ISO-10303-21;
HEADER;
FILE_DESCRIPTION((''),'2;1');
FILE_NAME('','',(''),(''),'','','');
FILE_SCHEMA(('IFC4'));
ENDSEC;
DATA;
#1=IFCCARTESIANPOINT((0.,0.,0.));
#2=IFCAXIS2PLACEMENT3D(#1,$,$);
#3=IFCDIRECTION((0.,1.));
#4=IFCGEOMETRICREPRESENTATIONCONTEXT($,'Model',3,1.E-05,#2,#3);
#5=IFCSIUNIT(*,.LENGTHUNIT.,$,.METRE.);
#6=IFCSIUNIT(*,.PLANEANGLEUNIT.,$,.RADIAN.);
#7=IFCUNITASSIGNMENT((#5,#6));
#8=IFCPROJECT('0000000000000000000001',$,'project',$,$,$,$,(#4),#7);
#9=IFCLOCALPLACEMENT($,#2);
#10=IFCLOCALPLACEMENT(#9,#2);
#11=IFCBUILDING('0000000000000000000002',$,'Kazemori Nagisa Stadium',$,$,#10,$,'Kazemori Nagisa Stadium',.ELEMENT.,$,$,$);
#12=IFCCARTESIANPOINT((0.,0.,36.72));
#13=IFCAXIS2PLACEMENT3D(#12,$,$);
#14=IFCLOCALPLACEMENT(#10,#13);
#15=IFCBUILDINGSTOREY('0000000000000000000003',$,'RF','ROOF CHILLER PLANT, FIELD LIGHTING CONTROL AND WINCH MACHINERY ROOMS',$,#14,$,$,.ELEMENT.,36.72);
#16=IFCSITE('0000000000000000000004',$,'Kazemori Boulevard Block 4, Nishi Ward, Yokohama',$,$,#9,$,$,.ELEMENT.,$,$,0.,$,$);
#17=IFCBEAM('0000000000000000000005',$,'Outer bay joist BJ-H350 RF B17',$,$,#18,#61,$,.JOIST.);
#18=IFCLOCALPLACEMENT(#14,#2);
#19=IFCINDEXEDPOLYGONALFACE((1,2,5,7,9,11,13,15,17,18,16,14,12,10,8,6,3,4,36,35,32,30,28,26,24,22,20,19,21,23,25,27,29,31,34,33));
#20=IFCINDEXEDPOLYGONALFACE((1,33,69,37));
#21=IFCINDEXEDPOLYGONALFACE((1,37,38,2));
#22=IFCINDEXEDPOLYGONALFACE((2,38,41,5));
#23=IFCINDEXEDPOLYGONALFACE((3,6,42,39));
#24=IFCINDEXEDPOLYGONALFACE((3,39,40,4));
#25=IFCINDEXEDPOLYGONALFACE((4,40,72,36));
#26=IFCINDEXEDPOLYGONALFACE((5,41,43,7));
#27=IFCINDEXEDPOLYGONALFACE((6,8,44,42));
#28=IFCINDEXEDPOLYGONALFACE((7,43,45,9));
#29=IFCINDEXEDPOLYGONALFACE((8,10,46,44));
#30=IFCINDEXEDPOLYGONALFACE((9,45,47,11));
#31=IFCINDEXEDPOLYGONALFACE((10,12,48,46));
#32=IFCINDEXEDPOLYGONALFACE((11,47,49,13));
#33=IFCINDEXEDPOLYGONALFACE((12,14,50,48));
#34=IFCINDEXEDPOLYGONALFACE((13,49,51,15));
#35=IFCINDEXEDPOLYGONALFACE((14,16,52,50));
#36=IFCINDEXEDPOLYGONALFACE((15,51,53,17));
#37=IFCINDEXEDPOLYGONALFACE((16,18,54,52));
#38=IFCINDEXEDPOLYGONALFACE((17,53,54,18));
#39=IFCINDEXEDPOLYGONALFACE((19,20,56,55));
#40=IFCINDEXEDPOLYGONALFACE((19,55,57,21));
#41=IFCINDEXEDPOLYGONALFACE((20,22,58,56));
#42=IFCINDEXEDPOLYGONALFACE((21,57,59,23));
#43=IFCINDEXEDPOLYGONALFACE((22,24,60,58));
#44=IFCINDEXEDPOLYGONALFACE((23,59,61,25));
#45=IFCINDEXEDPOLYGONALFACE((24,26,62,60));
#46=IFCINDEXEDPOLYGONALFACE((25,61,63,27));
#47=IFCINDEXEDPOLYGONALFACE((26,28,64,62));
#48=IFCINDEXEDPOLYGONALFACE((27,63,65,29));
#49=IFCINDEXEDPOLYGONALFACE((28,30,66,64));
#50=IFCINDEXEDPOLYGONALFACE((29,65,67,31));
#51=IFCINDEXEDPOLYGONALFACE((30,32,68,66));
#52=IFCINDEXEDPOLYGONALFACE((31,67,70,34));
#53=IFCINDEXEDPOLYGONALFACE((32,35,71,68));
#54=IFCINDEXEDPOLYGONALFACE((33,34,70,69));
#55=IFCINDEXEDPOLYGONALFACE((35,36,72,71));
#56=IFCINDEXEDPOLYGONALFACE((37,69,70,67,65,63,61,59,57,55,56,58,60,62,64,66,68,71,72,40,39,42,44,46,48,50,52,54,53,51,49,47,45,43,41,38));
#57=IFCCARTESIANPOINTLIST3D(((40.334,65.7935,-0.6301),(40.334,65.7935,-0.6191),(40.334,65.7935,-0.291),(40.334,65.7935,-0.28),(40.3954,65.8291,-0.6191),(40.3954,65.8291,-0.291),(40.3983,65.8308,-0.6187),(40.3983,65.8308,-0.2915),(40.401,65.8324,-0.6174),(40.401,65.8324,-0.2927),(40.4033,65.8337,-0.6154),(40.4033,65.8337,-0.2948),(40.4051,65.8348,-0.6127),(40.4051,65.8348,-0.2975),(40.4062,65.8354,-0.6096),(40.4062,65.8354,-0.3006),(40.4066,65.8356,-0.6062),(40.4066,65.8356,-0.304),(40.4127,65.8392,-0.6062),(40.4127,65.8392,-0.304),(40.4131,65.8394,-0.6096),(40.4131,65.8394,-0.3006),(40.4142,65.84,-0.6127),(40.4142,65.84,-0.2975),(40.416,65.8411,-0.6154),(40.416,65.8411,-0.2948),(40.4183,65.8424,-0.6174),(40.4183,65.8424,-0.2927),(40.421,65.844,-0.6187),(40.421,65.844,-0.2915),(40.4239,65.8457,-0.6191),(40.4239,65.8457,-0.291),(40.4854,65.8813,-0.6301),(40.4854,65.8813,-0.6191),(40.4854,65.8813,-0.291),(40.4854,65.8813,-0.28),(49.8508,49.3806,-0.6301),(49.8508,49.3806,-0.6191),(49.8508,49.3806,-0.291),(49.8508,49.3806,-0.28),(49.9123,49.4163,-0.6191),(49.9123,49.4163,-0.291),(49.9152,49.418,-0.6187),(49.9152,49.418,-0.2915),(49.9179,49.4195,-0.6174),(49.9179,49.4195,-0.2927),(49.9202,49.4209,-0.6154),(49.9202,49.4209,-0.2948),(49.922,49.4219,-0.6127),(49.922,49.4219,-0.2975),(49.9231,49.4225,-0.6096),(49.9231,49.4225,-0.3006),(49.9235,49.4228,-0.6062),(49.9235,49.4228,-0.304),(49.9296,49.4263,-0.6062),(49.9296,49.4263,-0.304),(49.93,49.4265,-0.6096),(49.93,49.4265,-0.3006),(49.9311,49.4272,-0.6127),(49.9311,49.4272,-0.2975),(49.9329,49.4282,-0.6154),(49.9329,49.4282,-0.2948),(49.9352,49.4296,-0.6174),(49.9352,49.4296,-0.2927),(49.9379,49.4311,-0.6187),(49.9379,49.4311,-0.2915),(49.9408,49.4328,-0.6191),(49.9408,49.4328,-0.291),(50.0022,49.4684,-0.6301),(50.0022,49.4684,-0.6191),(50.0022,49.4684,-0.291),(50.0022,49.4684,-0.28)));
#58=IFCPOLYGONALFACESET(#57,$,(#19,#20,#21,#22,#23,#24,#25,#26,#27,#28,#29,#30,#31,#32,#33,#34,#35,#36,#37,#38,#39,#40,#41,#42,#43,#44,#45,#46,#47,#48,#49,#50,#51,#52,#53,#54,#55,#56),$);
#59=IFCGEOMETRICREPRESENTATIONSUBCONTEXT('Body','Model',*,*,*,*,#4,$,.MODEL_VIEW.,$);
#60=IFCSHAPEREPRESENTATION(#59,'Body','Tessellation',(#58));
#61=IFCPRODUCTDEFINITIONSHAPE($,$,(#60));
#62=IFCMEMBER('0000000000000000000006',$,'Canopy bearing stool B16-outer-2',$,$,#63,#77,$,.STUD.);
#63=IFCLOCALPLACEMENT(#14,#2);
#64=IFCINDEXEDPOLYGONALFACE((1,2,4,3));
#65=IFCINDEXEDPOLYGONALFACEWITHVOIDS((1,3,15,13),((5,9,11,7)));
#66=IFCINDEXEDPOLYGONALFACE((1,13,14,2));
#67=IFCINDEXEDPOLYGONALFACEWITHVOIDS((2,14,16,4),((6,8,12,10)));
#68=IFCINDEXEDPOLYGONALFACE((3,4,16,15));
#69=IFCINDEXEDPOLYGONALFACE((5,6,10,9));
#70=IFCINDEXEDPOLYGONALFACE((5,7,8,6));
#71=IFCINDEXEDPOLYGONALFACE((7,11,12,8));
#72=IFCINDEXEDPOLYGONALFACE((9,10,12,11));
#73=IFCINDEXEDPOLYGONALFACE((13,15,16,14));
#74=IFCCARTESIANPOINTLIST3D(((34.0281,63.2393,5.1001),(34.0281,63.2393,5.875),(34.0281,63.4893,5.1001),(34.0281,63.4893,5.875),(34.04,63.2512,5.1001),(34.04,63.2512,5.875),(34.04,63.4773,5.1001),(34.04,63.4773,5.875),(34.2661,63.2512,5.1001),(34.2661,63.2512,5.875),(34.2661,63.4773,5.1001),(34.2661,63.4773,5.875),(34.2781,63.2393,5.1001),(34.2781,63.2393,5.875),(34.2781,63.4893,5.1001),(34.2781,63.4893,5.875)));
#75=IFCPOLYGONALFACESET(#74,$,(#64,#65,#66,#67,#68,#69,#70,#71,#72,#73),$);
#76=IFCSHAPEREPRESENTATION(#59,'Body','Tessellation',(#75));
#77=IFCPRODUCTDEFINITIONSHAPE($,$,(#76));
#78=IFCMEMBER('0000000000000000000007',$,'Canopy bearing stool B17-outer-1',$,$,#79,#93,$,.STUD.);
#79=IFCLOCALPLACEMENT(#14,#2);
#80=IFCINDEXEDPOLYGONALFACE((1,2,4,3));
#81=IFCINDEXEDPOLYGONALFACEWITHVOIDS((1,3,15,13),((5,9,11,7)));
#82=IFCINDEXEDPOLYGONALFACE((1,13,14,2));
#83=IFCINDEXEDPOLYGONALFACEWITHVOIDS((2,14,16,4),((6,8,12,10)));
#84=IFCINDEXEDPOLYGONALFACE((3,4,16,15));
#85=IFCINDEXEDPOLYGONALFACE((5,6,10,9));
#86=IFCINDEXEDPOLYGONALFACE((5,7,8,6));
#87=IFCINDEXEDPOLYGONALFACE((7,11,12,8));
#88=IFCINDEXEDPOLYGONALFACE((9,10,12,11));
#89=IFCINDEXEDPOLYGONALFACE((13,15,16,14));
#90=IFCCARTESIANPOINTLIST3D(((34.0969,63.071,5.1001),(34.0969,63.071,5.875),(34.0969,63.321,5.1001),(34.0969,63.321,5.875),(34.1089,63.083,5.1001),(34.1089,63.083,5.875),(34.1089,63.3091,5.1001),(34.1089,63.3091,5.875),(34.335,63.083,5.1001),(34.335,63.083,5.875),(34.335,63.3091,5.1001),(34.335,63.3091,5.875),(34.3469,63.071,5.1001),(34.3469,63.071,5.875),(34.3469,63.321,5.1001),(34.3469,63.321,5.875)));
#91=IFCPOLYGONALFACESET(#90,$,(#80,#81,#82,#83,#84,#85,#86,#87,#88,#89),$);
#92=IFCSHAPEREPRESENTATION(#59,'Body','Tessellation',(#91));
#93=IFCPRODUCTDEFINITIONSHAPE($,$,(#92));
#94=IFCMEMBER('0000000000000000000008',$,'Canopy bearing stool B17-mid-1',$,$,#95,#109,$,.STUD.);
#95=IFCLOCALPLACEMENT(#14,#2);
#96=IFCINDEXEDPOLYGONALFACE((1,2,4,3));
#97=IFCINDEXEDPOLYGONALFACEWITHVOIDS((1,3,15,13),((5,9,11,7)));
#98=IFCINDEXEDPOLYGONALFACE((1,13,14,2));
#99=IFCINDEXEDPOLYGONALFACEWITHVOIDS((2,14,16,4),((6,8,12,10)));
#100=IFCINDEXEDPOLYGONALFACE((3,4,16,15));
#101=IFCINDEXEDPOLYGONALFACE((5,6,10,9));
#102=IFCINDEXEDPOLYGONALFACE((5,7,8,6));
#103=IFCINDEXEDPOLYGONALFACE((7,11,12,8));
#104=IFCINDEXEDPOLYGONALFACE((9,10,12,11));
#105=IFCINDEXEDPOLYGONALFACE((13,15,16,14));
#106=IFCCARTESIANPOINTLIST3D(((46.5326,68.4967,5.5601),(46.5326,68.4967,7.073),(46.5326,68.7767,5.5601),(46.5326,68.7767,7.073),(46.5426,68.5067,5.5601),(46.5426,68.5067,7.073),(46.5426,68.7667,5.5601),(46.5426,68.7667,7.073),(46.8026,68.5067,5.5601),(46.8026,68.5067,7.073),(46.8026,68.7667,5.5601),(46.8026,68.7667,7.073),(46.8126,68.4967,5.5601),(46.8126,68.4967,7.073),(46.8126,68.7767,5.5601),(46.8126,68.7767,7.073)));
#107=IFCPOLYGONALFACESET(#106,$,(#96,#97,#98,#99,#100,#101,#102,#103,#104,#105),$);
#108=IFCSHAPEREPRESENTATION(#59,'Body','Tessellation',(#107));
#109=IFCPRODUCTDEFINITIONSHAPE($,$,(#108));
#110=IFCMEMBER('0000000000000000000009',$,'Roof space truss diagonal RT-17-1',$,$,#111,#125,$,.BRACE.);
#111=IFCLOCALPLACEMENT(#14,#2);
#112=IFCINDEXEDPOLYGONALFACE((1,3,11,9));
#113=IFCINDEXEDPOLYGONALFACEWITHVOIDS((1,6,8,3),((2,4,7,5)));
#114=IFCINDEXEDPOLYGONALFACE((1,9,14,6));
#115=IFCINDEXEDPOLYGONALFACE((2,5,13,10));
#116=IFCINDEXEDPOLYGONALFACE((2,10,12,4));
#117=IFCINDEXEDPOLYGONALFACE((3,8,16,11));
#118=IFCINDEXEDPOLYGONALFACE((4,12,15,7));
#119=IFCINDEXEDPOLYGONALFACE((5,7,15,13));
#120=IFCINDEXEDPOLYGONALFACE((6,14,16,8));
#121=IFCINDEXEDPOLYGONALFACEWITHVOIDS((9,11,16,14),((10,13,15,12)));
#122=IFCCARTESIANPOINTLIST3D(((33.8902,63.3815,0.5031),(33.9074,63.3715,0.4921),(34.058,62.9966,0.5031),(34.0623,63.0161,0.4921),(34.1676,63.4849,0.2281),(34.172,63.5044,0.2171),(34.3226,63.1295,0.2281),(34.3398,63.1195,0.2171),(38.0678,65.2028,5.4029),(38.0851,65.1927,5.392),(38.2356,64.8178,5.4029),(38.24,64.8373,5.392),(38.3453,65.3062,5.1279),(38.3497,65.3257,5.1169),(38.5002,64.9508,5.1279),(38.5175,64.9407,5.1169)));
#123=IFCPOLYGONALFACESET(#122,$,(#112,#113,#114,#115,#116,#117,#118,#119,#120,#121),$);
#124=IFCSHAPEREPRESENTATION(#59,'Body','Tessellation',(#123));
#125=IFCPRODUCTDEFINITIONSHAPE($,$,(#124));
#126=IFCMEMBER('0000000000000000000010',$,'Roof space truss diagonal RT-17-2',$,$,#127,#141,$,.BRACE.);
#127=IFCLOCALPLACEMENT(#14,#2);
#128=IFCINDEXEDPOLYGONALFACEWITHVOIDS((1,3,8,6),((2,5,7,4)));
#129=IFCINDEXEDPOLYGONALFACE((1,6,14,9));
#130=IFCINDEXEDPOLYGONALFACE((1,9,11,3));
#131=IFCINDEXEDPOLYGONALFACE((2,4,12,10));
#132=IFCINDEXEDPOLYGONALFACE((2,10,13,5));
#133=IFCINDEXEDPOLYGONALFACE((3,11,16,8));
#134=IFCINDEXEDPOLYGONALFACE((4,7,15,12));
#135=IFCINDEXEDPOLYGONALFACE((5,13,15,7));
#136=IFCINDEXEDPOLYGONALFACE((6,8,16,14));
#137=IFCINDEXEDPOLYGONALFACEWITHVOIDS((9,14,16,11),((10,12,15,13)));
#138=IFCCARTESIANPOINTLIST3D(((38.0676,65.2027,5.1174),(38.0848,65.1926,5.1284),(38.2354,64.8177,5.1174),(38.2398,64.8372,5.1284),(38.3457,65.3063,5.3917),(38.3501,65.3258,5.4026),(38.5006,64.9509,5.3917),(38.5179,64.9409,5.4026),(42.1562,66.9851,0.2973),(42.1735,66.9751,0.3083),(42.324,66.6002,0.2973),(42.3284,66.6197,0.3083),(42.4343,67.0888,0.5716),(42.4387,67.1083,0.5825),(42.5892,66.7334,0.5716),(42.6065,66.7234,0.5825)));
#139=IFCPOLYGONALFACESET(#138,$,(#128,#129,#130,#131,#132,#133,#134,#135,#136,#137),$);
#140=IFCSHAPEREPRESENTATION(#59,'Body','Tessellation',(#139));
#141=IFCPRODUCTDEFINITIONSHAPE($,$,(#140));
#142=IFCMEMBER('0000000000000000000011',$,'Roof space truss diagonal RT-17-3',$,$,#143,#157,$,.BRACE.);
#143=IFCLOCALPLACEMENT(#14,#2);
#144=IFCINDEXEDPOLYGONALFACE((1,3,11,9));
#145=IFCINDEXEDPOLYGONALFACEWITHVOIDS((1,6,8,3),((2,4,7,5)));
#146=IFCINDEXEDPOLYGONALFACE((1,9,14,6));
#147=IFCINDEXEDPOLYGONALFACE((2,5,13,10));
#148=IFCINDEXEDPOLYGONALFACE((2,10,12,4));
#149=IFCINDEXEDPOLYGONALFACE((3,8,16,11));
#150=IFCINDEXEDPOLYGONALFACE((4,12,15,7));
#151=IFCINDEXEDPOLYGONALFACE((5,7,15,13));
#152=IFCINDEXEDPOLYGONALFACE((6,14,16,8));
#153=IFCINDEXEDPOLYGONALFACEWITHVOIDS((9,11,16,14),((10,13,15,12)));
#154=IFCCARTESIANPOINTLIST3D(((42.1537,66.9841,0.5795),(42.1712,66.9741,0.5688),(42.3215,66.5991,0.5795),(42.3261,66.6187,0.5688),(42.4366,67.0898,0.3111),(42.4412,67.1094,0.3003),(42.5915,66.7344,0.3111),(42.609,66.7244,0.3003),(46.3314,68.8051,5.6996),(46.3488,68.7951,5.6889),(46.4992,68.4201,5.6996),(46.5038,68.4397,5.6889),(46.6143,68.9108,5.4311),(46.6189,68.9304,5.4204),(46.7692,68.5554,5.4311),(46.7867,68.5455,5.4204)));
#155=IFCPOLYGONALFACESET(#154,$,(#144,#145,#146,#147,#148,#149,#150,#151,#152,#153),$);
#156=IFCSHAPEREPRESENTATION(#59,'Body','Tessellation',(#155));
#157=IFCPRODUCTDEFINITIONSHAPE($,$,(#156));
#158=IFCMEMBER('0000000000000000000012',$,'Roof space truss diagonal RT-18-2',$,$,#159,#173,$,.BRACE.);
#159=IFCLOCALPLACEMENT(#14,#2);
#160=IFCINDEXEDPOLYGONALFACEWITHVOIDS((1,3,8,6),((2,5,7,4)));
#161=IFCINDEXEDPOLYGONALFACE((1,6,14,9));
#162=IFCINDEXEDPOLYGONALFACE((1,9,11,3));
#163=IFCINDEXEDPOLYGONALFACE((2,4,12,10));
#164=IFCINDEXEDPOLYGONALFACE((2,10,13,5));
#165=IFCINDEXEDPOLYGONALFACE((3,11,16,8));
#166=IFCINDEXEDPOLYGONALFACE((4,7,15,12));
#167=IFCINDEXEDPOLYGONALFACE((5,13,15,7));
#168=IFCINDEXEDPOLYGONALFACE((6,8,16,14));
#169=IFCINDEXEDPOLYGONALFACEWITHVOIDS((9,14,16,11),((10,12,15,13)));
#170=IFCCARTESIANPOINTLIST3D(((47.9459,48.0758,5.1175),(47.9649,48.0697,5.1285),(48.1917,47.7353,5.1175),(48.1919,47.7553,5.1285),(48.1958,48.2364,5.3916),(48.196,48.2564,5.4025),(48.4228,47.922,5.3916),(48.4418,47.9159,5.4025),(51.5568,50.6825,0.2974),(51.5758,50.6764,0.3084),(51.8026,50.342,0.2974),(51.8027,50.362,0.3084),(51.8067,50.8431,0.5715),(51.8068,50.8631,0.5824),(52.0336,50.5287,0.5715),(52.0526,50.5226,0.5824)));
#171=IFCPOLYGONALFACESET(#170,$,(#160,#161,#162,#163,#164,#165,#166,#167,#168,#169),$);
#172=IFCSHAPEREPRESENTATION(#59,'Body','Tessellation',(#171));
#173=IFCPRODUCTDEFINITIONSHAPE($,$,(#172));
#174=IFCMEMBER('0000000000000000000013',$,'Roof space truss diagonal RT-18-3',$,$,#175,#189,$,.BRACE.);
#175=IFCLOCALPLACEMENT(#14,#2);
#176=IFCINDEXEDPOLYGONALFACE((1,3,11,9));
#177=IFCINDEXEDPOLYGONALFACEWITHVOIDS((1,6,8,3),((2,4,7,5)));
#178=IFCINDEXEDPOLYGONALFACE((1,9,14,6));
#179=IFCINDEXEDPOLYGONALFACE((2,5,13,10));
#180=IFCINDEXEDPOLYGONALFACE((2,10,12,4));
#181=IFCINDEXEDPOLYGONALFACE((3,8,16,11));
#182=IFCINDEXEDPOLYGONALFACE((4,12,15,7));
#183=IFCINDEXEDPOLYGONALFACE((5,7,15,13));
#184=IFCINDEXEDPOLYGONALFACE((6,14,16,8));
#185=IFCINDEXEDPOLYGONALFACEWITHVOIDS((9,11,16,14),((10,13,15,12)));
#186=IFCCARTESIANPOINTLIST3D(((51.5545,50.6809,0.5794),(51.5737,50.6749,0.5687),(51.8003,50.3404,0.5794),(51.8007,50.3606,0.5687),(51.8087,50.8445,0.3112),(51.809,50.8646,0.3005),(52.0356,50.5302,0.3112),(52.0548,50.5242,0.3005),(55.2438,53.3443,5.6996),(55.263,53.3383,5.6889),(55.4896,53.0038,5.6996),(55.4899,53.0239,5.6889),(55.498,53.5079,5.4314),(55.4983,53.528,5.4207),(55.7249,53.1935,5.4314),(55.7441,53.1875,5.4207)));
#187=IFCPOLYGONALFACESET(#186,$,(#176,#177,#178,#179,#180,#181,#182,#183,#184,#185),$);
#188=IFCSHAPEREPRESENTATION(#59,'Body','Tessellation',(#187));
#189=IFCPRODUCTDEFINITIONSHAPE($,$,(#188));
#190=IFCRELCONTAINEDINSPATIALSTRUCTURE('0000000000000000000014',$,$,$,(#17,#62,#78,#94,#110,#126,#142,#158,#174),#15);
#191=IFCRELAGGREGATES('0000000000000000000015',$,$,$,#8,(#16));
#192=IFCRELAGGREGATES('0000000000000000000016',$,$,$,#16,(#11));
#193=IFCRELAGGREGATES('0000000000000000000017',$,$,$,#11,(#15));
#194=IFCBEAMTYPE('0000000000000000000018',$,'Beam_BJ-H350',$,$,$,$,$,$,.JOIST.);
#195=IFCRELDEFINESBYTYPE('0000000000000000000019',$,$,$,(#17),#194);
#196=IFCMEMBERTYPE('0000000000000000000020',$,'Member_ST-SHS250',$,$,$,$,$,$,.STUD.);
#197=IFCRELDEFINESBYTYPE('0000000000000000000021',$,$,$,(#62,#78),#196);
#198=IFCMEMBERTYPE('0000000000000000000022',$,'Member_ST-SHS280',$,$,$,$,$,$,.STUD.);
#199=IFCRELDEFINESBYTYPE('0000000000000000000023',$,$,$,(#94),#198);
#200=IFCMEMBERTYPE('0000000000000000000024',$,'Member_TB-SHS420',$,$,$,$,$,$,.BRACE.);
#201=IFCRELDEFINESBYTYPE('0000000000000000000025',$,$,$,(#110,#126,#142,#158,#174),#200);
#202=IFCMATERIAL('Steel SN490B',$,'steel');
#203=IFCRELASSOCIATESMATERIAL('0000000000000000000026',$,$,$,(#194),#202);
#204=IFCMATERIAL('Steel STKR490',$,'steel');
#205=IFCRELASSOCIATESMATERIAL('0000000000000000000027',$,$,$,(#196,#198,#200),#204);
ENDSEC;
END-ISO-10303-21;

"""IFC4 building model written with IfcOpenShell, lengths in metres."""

from ifc_helpers import new_model, si_unit, direction, frame, origin, origin_2d, place, context, subcontext, project, spatial, hollow_rectangle, i_section, extrude, material, material_profile, profile_set, type_object, element, save


model = new_model("IFC4")

# Units and contexts
model_context = context("Model", 3, precision=1e-05, world=origin(), true_north=direction((0.0, 1.0)))
body_context = subcontext(model_context, "Body", "Model", "MODEL_VIEW")
ifc_project = project(units=[si_unit("LENGTHUNIT", "METRE"), si_unit("PLANEANGLEUNIT", "RADIAN")], contexts=[model_context])

# Site, building, storey
site_placement = place(None, origin())
site = spatial("IfcSite", under=ifc_project, at=site_placement, Name="Kazemori Boulevard Block 4, Nishi Ward, Yokohama", CompositionType="ELEMENT", RefElevation=0.0)
building_placement = place(site_placement, origin())
building = spatial("IfcBuilding", under=site, at=building_placement, Name="Kazemori Nagisa Stadium", LongName="Kazemori Nagisa Stadium", CompositionType="ELEMENT")
storey_placement = place(building_placement, frame((0.0, 0.0, 36.72)))
storey = spatial("IfcBuildingStorey", under=building, at=storey_placement, Name="RF", Description="ROOF CHILLER PLANT, FIELD LIGHTING CONTROL AND WINCH MACHINERY ROOMS", CompositionType="ELEMENT", Elevation=36.72)

# Shared definitions
ifc_material_1 = material(Name="Steel SN490B", Category="steel")

# Beam
ifc_material_profile_1 = material_profile(ifc_material_1, i_section(OverallWidth=0.175, OverallDepth=0.3501, WebThickness=0.0071, FlangeThickness=0.011, FilletRadius=0.0129, at=origin_2d()), Name="H-350x175x7x11")
ifc_profile_set_1 = profile_set([ifc_material_profile_1], Name="Steel SN490B")
beam_type_1 = type_object("IfcBeamType", Name="Beam_BJ-H350", PredefinedType="JOIST", material=ifc_profile_set_1)
beam_1_placement = place(storey_placement, frame((40.4097, 65.8374, -0.4551), z_axis=(0.501615, -0.865091, 0.0), x_axis=(0.865091, 0.501615, 0.0)))
element("IfcBeam", 1, at=beam_1_placement, inside=storey, type_object=beam_type_1, Name="Outer bay joist BJ-H350 RF B17", PredefinedType="JOIST", context=body_context, shape_type="SweptSolid", body=[
    extrude(i_section(OverallWidth=0.175, OverallDepth=0.3501, WebThickness=0.0071, FlangeThickness=0.011, FilletRadius=0.0129, at=origin_2d()), origin(), (0.0, 0.0, 1.0), 18.9724),
])

# Members
ifc_material_2 = material(Name="Steel STKR490", Category="steel")
ifc_material_profile_2 = material_profile(ifc_material_2, hollow_rectangle(XDim=0.25, YDim=0.25, WallThickness=0.012, at=origin_2d()), Name="SHS-250x250x12")
ifc_profile_set_2 = profile_set([ifc_material_profile_2], Name="Steel STKR490")
member_type_1 = type_object("IfcMemberType", Name="Member_ST-SHS250", PredefinedType="STUD", material=ifc_profile_set_2)
for number, where, z_axis, x_axis, name in (
    (2, (34.1531, 63.3643, 5.1001), (0.0, 0.0, 1.0), (1.0, 0.0, 0.0), "Canopy bearing stool B16-outer-2"),
    (3, (34.2219, 63.196, 5.1001), (0.0, 0.0, 1.0), (1.0, 0.0, 0.0), "Canopy bearing stool B17-outer-1"),
):
    element("IfcMember", number, at=place(storey_placement, frame(where, z_axis=z_axis, x_axis=x_axis)), inside=storey, type_object=member_type_1, Name=name, PredefinedType="STUD", context=body_context, shape_type="SweptSolid", body=[
        extrude(hollow_rectangle(XDim=0.25, YDim=0.25, WallThickness=0.012, at=origin_2d()), origin(), (0.0, 0.0, 1.0), 0.7749),
    ])
ifc_material_profile_3 = material_profile(ifc_material_2, hollow_rectangle(XDim=0.28, YDim=0.28, WallThickness=0.01, at=origin_2d()), Name="SHS-280x280x10")
ifc_profile_set_3 = profile_set([ifc_material_profile_3], Name="Steel STKR490")
member_type_2 = type_object("IfcMemberType", Name="Member_ST-SHS280", PredefinedType="STUD", material=ifc_profile_set_3)
member_1_placement = place(storey_placement, frame((46.6726, 68.6367, 5.5601), z_axis=(0.0, 0.0, 1.0), x_axis=(1.0, 0.0, 0.0)))
element("IfcMember", 4, at=member_1_placement, inside=storey, type_object=member_type_2, Name="Canopy bearing stool B17-mid-1", PredefinedType="STUD", context=body_context, shape_type="SweptSolid", body=[
    extrude(hollow_rectangle(XDim=0.28, YDim=0.28, WallThickness=0.01, at=origin_2d()), origin(), (0.0, 0.0, 1.0), 1.5129),
])
ifc_material_profile_4 = material_profile(ifc_material_2, hollow_rectangle(XDim=0.4199, YDim=0.4199, WallThickness=0.0161, at=origin_2d()), Name="SHS-420x420x16")
ifc_profile_set_4 = profile_set([ifc_material_profile_4], Name="Steel STKR490")
member_type_3 = type_object("IfcMemberType", Name="Member_TB-SHS420", PredefinedType="BRACE", material=ifc_profile_set_4)
member_2_placement = place(storey_placement, frame((34.115, 63.2505, 0.3601), z_axis=(0.624311, 0.272169, 0.73223), x_axis=(-0.399627, 0.916678, 0.0)))
element("IfcMember", 5, at=member_2_placement, inside=storey, type_object=member_type_3, Name="Roof space truss diagonal RT-17-1", PredefinedType="BRACE", context=body_context, shape_type="SweptSolid", body=[
    extrude(hollow_rectangle(XDim=0.4199, YDim=0.4199, WallThickness=0.0161, at=origin_2d()), origin(), (0.0, 0.0, 1.0), 6.6917),
])
member_3_placement = place(storey_placement, frame((38.2927, 65.0718, 5.26), z_axis=(0.62259, 0.271423, -0.73397), x_axis=(-0.399633, 0.916675, 0.0)))
element("IfcMember", 6, at=member_3_placement, inside=storey, type_object=member_type_3, Name="Roof space truss diagonal RT-17-2", PredefinedType="BRACE", context=body_context, shape_type="SweptSolid", body=[
    extrude(hollow_rectangle(XDim=0.4199, YDim=0.4199, WallThickness=0.0161, at=origin_2d()), origin(), (0.0, 0.0, 1.0), 6.5671),
])
member_4_placement = place(storey_placement, frame((42.3813, 66.8542, 0.4399), z_axis=(0.609481, 0.265668, 0.746963), x_axis=(-0.399582, 0.916697, 0.0)))
element("IfcMember", 7, at=member_4_placement, inside=storey, type_object=member_type_3, Name="Roof space truss diagonal RT-17-3", PredefinedType="BRACE", context=body_context, shape_type="SweptSolid", body=[
    extrude(hollow_rectangle(XDim=0.4199, YDim=0.4199, WallThickness=0.0161, at=origin_2d()), origin(), (0.0, 0.0, 1.0), 6.8545),
])
member_5_placement = place(storey_placement, frame((48.1938, 47.9958, 5.26), z_axis=(0.550225, 0.397211, -0.73449), x_axis=(-0.585322, 0.810801, 0.0)))
element("IfcMember", 8, at=member_5_placement, inside=storey, type_object=member_type_3, Name="Roof space truss diagonal RT-18-2", PredefinedType="BRACE", context=body_context, shape_type="SweptSolid", body=[
    extrude(hollow_rectangle(XDim=0.4199, YDim=0.4199, WallThickness=0.0161, at=origin_2d()), origin(), (0.0, 0.0, 1.0), 6.5625),
])
member_6_placement = place(storey_placement, frame((51.8047, 50.6025, 0.4399), z_axis=(0.53859, 0.388821, 0.747489), x_axis=(-0.585332, 0.810794, 0.0)))
element("IfcMember", 9, at=member_6_placement, inside=storey, type_object=member_type_3, Name="Roof space truss diagonal RT-18-3", PredefinedType="BRACE", context=body_context, shape_type="SweptSolid", body=[
    extrude(hollow_rectangle(XDim=0.4199, YDim=0.4199, WallThickness=0.0161, at=origin_2d()), origin(), (0.0, 0.0, 1.0), 6.8499),
])

save(model, "model.ifc")
